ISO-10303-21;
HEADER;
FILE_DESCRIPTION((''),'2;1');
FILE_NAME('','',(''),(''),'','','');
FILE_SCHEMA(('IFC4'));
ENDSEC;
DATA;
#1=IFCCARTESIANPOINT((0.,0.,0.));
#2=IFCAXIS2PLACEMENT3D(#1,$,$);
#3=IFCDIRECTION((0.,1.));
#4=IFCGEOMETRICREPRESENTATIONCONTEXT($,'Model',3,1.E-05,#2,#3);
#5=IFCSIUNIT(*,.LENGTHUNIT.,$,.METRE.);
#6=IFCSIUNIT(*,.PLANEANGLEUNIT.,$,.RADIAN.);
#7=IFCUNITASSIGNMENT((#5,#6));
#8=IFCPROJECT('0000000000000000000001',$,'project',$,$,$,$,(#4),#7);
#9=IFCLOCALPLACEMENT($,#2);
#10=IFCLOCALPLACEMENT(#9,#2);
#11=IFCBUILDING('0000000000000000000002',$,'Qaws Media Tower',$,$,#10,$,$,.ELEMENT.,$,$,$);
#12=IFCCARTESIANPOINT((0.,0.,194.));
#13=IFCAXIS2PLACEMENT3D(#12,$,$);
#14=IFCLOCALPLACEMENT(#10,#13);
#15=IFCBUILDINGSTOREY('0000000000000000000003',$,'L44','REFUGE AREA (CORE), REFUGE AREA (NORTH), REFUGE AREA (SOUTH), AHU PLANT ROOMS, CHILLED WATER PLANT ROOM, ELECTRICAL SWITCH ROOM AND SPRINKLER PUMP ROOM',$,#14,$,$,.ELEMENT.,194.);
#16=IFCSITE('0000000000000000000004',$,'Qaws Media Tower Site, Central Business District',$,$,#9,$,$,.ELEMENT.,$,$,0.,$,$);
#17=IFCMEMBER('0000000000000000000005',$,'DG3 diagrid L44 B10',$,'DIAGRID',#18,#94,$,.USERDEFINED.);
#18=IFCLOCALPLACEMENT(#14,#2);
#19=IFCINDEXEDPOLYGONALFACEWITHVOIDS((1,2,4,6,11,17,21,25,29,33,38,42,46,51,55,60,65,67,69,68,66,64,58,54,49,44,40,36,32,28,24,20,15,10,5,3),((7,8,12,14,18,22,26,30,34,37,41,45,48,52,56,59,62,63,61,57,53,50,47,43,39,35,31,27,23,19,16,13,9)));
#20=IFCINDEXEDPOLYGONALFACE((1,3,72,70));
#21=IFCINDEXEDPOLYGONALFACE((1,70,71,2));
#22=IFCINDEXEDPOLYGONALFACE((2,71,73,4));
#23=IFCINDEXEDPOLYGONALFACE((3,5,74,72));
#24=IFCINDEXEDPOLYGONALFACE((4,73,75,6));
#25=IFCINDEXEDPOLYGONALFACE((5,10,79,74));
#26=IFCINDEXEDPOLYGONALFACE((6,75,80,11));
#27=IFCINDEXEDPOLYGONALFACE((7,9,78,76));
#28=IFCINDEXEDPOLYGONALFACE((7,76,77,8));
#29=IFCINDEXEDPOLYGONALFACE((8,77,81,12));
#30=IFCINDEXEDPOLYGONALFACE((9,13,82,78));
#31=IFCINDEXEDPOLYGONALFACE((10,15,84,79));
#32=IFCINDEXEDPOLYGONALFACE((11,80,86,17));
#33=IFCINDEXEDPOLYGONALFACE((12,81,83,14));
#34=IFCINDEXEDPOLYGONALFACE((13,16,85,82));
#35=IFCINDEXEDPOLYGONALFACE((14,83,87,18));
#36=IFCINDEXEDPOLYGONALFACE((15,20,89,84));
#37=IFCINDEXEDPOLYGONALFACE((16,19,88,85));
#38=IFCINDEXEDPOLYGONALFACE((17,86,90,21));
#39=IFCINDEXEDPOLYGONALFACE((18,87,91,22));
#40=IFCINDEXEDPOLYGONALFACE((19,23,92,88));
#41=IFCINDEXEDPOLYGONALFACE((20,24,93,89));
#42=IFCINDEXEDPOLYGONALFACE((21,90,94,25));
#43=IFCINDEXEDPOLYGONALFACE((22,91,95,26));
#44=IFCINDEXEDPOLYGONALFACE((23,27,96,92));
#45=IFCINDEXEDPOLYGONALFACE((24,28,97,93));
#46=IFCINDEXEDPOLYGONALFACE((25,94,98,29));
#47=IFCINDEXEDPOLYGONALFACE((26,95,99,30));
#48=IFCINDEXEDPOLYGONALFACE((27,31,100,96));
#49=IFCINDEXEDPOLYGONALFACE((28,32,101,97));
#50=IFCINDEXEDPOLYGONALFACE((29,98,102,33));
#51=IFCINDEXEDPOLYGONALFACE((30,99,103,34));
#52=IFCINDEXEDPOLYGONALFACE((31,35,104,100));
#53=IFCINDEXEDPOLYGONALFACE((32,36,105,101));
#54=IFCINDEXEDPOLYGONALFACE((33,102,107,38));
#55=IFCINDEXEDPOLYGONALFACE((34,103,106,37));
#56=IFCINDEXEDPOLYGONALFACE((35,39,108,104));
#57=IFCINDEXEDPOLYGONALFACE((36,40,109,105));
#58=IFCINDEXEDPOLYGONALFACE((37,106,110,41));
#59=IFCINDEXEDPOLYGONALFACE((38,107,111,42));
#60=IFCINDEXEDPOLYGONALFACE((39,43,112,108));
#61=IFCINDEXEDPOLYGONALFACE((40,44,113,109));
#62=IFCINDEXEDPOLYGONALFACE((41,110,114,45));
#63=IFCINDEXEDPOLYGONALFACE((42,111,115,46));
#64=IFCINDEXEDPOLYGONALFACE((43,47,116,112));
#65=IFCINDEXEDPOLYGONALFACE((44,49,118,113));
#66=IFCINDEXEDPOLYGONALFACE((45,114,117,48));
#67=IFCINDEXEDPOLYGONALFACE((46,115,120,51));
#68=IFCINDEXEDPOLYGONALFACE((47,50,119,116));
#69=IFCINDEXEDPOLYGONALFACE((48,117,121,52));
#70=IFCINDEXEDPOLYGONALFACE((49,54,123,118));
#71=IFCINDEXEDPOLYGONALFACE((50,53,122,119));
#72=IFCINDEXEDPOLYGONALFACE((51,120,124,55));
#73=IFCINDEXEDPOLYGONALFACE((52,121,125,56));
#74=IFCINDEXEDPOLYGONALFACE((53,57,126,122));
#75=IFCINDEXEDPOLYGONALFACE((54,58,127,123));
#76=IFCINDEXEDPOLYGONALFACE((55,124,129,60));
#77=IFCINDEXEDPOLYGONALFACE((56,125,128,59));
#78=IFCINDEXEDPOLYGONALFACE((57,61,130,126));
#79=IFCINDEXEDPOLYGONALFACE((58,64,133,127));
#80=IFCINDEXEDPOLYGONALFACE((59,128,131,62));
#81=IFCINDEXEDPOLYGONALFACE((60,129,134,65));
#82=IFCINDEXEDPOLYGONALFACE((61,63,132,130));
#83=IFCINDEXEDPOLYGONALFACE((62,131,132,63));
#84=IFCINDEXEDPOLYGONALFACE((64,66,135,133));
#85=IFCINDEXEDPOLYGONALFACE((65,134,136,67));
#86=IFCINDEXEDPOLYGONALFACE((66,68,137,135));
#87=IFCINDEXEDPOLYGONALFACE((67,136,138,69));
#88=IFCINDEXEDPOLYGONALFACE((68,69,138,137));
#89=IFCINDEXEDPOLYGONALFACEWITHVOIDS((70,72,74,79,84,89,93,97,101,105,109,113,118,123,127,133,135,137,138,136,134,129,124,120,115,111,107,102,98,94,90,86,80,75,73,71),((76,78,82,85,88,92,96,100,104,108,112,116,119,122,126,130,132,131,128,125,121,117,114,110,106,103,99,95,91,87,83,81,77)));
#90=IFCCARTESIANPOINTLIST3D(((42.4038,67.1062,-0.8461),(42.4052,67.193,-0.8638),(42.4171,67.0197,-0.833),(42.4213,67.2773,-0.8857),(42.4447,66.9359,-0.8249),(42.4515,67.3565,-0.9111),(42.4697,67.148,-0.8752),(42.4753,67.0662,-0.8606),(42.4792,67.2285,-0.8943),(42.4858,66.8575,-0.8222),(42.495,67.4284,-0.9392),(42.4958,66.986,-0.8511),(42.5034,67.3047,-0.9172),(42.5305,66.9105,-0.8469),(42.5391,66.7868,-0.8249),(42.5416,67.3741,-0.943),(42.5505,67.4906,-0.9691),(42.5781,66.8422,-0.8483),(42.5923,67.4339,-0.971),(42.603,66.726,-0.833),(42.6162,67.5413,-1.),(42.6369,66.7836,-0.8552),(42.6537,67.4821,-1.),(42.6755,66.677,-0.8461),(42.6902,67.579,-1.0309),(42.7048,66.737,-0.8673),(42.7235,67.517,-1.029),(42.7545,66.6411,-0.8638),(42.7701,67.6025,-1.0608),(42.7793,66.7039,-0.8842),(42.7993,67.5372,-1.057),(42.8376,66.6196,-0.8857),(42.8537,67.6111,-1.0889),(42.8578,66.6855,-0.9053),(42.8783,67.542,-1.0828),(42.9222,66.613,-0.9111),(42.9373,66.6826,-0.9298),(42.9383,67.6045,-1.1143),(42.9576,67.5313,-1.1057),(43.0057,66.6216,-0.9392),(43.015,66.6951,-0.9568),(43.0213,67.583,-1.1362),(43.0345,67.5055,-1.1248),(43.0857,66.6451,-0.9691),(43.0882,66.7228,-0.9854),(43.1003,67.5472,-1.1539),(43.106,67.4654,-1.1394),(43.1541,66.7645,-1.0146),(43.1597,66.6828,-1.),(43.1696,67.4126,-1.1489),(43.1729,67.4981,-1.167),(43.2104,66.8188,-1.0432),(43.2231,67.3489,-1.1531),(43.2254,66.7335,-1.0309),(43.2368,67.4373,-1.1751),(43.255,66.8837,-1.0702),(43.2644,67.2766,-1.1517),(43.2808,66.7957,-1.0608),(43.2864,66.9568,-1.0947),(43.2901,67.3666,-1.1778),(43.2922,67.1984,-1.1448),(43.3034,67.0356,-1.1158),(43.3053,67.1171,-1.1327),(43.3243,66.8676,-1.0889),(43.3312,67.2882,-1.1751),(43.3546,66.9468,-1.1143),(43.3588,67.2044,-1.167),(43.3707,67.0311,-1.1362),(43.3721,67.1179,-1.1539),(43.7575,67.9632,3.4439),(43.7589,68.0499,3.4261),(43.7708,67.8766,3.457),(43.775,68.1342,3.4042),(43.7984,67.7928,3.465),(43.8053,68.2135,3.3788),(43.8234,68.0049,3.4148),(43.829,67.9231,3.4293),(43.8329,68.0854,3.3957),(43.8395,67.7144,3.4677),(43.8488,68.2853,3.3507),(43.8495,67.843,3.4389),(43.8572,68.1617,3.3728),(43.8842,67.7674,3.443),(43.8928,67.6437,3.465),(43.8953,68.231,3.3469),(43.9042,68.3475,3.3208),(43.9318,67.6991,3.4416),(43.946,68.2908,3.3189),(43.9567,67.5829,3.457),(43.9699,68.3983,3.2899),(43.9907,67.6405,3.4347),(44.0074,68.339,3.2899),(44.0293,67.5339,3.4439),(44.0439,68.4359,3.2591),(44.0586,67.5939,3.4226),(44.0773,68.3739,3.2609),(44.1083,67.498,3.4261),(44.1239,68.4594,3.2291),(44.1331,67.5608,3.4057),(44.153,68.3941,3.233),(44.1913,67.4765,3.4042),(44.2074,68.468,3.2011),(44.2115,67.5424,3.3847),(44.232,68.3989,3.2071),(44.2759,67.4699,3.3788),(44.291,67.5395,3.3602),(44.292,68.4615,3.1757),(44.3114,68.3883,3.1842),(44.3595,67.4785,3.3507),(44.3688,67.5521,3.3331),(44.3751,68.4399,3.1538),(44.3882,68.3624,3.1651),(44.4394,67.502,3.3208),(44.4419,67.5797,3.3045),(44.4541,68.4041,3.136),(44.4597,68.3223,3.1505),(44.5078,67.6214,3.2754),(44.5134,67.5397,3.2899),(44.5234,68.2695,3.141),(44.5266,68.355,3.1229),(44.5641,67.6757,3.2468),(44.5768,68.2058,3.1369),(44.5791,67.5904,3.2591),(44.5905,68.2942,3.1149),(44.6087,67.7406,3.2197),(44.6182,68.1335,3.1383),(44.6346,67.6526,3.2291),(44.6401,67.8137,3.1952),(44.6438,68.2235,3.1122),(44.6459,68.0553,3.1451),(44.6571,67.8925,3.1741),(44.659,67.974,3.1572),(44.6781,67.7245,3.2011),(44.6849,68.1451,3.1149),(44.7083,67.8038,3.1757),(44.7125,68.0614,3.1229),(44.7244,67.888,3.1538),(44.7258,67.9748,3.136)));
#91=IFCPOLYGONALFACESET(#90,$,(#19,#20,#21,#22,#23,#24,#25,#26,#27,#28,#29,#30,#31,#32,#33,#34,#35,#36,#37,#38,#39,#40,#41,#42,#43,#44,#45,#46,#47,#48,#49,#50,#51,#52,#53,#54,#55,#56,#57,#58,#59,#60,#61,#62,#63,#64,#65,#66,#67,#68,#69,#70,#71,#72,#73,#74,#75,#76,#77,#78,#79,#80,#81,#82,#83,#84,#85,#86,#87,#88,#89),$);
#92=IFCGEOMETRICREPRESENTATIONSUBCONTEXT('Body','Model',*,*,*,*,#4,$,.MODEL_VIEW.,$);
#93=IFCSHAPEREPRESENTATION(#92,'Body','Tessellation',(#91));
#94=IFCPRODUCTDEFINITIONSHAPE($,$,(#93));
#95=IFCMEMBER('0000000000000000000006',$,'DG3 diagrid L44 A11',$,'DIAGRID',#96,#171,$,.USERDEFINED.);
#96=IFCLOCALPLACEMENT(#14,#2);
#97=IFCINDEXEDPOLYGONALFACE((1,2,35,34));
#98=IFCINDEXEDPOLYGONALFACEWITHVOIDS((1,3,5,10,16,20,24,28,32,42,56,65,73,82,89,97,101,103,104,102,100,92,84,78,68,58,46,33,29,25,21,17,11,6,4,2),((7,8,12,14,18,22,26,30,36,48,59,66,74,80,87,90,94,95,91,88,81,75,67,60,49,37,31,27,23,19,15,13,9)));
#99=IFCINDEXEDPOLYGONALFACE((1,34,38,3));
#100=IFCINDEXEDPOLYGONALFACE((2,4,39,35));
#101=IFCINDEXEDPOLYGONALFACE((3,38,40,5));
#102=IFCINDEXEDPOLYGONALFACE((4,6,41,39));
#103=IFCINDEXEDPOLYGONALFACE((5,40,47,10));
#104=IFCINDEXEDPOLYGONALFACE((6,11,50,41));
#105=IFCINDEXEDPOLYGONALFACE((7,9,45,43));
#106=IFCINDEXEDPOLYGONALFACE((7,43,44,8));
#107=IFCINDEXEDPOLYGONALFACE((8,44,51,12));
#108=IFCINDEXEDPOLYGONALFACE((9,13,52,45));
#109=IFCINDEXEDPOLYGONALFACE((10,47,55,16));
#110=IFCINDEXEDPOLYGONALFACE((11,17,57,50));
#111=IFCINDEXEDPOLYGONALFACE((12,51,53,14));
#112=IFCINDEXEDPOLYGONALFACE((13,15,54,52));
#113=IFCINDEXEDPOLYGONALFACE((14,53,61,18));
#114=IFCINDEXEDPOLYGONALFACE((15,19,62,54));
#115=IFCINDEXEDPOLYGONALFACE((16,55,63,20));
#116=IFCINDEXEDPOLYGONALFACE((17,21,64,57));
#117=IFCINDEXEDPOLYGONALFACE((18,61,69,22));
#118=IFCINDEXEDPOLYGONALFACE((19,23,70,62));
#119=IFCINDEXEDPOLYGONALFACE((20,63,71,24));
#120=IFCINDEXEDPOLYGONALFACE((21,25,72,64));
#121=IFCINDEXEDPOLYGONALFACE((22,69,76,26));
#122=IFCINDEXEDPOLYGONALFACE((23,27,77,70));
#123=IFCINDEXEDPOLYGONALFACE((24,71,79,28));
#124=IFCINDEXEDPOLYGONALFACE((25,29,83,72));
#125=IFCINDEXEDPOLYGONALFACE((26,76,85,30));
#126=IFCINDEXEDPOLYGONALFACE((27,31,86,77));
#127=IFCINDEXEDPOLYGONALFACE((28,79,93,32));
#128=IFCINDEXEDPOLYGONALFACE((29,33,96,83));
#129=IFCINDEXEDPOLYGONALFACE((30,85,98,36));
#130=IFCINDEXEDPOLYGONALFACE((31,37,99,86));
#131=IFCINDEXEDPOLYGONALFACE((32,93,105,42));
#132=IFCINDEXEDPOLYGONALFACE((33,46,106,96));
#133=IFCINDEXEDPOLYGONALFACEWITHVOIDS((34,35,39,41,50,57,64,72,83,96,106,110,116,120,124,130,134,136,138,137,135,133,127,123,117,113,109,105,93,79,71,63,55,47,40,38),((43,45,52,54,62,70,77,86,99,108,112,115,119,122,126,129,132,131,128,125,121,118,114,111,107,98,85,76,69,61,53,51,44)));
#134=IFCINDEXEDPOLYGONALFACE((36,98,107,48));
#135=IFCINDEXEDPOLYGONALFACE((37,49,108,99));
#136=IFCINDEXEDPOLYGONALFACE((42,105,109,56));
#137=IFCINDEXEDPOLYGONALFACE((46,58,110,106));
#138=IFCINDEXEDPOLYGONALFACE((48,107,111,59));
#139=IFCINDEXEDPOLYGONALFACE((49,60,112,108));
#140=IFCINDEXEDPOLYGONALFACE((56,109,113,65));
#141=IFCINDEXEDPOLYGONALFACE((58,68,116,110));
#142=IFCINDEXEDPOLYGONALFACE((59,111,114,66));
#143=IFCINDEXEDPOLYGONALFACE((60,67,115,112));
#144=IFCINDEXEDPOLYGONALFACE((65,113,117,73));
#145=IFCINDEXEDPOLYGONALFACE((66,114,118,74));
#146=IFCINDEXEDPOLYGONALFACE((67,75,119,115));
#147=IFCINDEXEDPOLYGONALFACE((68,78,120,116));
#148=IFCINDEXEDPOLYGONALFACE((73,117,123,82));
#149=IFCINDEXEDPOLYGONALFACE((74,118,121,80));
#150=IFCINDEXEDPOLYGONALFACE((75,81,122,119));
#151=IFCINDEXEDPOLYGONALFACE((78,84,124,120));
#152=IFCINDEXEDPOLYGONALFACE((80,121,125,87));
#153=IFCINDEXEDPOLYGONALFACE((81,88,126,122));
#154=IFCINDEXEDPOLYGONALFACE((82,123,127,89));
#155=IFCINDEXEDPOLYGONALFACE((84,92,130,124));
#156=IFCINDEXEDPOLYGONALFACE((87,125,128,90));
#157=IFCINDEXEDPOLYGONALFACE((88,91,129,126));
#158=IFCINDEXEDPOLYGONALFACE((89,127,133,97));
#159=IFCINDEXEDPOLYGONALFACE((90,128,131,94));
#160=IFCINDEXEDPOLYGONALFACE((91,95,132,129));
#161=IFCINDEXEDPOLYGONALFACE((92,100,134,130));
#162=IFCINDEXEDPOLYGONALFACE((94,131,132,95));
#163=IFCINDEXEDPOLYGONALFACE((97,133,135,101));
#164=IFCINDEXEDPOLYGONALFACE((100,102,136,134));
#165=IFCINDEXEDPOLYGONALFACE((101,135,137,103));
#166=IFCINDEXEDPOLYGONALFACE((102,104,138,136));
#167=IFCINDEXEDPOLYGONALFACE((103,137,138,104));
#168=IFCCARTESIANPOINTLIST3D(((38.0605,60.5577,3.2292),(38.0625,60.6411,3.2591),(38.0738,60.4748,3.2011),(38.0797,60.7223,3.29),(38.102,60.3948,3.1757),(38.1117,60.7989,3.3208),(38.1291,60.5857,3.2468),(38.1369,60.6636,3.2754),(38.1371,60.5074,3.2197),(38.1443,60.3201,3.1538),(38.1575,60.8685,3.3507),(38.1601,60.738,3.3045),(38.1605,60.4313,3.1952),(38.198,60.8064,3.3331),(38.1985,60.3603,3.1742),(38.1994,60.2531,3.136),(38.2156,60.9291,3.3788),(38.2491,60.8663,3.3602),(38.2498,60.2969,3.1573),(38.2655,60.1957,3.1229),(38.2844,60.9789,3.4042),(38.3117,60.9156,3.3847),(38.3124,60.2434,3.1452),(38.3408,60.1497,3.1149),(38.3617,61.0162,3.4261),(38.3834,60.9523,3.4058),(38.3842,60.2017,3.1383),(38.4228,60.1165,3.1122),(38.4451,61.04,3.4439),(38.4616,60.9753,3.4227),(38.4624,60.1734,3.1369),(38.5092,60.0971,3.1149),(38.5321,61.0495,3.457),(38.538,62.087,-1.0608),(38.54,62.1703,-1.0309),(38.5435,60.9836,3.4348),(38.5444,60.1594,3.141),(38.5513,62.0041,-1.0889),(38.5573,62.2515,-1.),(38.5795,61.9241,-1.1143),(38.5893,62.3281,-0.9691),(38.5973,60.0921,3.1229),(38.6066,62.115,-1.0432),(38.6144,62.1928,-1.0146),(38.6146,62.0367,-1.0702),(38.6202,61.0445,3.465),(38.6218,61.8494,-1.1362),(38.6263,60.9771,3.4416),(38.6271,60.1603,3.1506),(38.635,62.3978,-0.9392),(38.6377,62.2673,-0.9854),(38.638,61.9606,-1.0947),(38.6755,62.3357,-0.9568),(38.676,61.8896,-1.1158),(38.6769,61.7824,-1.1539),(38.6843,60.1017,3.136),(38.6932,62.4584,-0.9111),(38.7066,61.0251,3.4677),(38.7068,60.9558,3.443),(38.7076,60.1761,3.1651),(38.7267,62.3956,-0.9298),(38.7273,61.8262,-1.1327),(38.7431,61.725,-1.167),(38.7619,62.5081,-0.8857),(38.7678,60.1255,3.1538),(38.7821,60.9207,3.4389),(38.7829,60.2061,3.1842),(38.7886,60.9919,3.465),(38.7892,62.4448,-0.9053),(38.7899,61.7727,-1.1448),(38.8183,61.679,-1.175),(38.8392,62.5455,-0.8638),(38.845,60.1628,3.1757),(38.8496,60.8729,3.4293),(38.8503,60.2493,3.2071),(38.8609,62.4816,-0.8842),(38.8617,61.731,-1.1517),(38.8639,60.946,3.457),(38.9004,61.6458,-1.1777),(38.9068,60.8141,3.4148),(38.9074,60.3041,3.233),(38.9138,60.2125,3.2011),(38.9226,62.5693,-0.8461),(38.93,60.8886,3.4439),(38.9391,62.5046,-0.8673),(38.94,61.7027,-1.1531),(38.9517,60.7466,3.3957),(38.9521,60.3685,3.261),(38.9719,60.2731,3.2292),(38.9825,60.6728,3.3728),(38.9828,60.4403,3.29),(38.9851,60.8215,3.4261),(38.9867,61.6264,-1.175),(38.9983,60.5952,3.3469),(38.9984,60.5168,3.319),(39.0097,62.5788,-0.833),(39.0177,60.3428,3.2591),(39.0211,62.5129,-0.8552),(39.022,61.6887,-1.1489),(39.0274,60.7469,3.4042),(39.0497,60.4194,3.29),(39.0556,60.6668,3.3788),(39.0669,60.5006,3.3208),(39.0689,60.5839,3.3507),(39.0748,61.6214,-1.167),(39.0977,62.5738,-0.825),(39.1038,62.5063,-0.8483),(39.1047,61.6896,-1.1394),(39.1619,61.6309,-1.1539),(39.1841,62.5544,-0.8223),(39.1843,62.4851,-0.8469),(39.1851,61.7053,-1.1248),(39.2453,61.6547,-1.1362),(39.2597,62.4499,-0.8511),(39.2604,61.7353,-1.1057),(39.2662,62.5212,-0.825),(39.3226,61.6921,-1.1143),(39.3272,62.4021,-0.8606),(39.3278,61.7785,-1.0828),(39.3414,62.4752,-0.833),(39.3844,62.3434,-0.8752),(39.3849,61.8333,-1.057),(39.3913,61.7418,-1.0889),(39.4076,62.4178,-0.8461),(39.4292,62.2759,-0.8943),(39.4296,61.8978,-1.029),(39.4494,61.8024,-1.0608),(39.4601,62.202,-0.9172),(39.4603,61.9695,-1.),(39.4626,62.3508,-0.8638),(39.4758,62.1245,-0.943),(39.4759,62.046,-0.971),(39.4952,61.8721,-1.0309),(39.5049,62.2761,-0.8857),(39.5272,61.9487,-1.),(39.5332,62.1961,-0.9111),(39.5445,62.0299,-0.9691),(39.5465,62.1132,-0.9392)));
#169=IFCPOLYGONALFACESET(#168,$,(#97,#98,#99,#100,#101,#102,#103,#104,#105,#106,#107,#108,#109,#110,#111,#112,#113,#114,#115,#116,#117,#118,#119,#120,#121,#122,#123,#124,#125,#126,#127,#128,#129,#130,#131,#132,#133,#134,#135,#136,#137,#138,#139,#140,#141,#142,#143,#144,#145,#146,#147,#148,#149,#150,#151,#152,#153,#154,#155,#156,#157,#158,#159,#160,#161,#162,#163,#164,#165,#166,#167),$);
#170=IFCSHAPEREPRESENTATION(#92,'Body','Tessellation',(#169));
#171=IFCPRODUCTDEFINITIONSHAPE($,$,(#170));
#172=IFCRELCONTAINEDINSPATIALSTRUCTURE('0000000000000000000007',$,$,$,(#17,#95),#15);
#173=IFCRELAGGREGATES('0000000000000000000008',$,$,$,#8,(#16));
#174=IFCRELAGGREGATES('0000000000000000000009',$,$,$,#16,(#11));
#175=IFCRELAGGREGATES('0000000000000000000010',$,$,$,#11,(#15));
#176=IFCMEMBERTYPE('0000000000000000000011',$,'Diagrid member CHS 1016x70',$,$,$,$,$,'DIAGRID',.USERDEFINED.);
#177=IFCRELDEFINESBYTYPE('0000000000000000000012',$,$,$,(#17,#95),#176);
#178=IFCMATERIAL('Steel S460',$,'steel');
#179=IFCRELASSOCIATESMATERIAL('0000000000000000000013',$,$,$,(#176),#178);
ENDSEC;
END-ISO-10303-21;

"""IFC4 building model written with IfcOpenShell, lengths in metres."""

from ifc_helpers import new_model, si_unit, direction, frame, origin, origin_2d, place, context, subcontext, project, spatial, hollow_circle, extrude, material, material_profile, profile_set, type_object, element, save


model = new_model("IFC4")

# Units and contexts
model_context = context("Model", 3, precision=1e-05, world=origin(), true_north=direction((0.0, 1.0)))
body_context = subcontext(model_context, "Body", "Model", "MODEL_VIEW")
ifc_project = project(units=[si_unit("LENGTHUNIT", "METRE"), si_unit("PLANEANGLEUNIT", "RADIAN")], contexts=[model_context])

# Site, building, storey
site_placement = place(None, origin())
site = spatial("IfcSite", under=ifc_project, at=site_placement, Name="Qaws Media Tower Site, Central Business District", CompositionType="ELEMENT", RefElevation=0.0)
building_placement = place(site_placement, origin())
building = spatial("IfcBuilding", under=site, at=building_placement, Name="Qaws Media Tower", CompositionType="ELEMENT")
storey_placement = place(building_placement, frame((0.0, 0.0, 194.0)))
storey = spatial("IfcBuildingStorey", under=building, at=storey_placement, Name="L44", Description="REFUGE AREA (CORE), REFUGE AREA (NORTH), REFUGE AREA (SOUTH), AHU PLANT ROOMS, CHILLED WATER PLANT ROOM, ELECTRICAL SWITCH ROOM AND SPRINKLER PUMP ROOM", CompositionType="ELEMENT", Elevation=194.0)

# Members
ifc_material_1 = material(Name="Steel S460", Category="steel")
ifc_material_profile_1 = material_profile(ifc_material_1, hollow_circle(Radius=0.5081, WallThickness=0.0701, at=origin_2d()), Name="CHS 1016x70")
ifc_profile_set_1 = profile_set([ifc_material_profile_1], Name="Steel S460")
member_type = type_object("IfcMemberType", Name="Diagrid member CHS 1016x70", ElementType="DIAGRID", PredefinedType="USERDEFINED", material=ifc_profile_set_1)
for number, where, z_axis, x_axis, name in (
    (1, (42.8879, 67.1121, -1.0), (0.295616, 0.187126, 0.936801), (-0.534853, 0.844945, 0.0), "DG3 diagrid L44 B10"),
    (2, (39.0422, 62.1001, -1.0), (-0.104279, -0.333949, 0.936805), (0.954545, -0.298067, 0.0), "DG3 diagrid L44 A11"),
):
    element("IfcMember", number, at=place(storey_placement, frame(where, z_axis=z_axis, x_axis=x_axis)), inside=storey, type_object=member_type, Name=name, ObjectType="DIAGRID", PredefinedType="USERDEFINED", context=body_context, shape_type="SweptSolid", body=[
        extrude(hollow_circle(Radius=0.5081, WallThickness=0.0701, at=origin_2d()), origin(), (0.0, 0.0, 1.0), 4.5793),
    ])

save(model, "model.ifc")
